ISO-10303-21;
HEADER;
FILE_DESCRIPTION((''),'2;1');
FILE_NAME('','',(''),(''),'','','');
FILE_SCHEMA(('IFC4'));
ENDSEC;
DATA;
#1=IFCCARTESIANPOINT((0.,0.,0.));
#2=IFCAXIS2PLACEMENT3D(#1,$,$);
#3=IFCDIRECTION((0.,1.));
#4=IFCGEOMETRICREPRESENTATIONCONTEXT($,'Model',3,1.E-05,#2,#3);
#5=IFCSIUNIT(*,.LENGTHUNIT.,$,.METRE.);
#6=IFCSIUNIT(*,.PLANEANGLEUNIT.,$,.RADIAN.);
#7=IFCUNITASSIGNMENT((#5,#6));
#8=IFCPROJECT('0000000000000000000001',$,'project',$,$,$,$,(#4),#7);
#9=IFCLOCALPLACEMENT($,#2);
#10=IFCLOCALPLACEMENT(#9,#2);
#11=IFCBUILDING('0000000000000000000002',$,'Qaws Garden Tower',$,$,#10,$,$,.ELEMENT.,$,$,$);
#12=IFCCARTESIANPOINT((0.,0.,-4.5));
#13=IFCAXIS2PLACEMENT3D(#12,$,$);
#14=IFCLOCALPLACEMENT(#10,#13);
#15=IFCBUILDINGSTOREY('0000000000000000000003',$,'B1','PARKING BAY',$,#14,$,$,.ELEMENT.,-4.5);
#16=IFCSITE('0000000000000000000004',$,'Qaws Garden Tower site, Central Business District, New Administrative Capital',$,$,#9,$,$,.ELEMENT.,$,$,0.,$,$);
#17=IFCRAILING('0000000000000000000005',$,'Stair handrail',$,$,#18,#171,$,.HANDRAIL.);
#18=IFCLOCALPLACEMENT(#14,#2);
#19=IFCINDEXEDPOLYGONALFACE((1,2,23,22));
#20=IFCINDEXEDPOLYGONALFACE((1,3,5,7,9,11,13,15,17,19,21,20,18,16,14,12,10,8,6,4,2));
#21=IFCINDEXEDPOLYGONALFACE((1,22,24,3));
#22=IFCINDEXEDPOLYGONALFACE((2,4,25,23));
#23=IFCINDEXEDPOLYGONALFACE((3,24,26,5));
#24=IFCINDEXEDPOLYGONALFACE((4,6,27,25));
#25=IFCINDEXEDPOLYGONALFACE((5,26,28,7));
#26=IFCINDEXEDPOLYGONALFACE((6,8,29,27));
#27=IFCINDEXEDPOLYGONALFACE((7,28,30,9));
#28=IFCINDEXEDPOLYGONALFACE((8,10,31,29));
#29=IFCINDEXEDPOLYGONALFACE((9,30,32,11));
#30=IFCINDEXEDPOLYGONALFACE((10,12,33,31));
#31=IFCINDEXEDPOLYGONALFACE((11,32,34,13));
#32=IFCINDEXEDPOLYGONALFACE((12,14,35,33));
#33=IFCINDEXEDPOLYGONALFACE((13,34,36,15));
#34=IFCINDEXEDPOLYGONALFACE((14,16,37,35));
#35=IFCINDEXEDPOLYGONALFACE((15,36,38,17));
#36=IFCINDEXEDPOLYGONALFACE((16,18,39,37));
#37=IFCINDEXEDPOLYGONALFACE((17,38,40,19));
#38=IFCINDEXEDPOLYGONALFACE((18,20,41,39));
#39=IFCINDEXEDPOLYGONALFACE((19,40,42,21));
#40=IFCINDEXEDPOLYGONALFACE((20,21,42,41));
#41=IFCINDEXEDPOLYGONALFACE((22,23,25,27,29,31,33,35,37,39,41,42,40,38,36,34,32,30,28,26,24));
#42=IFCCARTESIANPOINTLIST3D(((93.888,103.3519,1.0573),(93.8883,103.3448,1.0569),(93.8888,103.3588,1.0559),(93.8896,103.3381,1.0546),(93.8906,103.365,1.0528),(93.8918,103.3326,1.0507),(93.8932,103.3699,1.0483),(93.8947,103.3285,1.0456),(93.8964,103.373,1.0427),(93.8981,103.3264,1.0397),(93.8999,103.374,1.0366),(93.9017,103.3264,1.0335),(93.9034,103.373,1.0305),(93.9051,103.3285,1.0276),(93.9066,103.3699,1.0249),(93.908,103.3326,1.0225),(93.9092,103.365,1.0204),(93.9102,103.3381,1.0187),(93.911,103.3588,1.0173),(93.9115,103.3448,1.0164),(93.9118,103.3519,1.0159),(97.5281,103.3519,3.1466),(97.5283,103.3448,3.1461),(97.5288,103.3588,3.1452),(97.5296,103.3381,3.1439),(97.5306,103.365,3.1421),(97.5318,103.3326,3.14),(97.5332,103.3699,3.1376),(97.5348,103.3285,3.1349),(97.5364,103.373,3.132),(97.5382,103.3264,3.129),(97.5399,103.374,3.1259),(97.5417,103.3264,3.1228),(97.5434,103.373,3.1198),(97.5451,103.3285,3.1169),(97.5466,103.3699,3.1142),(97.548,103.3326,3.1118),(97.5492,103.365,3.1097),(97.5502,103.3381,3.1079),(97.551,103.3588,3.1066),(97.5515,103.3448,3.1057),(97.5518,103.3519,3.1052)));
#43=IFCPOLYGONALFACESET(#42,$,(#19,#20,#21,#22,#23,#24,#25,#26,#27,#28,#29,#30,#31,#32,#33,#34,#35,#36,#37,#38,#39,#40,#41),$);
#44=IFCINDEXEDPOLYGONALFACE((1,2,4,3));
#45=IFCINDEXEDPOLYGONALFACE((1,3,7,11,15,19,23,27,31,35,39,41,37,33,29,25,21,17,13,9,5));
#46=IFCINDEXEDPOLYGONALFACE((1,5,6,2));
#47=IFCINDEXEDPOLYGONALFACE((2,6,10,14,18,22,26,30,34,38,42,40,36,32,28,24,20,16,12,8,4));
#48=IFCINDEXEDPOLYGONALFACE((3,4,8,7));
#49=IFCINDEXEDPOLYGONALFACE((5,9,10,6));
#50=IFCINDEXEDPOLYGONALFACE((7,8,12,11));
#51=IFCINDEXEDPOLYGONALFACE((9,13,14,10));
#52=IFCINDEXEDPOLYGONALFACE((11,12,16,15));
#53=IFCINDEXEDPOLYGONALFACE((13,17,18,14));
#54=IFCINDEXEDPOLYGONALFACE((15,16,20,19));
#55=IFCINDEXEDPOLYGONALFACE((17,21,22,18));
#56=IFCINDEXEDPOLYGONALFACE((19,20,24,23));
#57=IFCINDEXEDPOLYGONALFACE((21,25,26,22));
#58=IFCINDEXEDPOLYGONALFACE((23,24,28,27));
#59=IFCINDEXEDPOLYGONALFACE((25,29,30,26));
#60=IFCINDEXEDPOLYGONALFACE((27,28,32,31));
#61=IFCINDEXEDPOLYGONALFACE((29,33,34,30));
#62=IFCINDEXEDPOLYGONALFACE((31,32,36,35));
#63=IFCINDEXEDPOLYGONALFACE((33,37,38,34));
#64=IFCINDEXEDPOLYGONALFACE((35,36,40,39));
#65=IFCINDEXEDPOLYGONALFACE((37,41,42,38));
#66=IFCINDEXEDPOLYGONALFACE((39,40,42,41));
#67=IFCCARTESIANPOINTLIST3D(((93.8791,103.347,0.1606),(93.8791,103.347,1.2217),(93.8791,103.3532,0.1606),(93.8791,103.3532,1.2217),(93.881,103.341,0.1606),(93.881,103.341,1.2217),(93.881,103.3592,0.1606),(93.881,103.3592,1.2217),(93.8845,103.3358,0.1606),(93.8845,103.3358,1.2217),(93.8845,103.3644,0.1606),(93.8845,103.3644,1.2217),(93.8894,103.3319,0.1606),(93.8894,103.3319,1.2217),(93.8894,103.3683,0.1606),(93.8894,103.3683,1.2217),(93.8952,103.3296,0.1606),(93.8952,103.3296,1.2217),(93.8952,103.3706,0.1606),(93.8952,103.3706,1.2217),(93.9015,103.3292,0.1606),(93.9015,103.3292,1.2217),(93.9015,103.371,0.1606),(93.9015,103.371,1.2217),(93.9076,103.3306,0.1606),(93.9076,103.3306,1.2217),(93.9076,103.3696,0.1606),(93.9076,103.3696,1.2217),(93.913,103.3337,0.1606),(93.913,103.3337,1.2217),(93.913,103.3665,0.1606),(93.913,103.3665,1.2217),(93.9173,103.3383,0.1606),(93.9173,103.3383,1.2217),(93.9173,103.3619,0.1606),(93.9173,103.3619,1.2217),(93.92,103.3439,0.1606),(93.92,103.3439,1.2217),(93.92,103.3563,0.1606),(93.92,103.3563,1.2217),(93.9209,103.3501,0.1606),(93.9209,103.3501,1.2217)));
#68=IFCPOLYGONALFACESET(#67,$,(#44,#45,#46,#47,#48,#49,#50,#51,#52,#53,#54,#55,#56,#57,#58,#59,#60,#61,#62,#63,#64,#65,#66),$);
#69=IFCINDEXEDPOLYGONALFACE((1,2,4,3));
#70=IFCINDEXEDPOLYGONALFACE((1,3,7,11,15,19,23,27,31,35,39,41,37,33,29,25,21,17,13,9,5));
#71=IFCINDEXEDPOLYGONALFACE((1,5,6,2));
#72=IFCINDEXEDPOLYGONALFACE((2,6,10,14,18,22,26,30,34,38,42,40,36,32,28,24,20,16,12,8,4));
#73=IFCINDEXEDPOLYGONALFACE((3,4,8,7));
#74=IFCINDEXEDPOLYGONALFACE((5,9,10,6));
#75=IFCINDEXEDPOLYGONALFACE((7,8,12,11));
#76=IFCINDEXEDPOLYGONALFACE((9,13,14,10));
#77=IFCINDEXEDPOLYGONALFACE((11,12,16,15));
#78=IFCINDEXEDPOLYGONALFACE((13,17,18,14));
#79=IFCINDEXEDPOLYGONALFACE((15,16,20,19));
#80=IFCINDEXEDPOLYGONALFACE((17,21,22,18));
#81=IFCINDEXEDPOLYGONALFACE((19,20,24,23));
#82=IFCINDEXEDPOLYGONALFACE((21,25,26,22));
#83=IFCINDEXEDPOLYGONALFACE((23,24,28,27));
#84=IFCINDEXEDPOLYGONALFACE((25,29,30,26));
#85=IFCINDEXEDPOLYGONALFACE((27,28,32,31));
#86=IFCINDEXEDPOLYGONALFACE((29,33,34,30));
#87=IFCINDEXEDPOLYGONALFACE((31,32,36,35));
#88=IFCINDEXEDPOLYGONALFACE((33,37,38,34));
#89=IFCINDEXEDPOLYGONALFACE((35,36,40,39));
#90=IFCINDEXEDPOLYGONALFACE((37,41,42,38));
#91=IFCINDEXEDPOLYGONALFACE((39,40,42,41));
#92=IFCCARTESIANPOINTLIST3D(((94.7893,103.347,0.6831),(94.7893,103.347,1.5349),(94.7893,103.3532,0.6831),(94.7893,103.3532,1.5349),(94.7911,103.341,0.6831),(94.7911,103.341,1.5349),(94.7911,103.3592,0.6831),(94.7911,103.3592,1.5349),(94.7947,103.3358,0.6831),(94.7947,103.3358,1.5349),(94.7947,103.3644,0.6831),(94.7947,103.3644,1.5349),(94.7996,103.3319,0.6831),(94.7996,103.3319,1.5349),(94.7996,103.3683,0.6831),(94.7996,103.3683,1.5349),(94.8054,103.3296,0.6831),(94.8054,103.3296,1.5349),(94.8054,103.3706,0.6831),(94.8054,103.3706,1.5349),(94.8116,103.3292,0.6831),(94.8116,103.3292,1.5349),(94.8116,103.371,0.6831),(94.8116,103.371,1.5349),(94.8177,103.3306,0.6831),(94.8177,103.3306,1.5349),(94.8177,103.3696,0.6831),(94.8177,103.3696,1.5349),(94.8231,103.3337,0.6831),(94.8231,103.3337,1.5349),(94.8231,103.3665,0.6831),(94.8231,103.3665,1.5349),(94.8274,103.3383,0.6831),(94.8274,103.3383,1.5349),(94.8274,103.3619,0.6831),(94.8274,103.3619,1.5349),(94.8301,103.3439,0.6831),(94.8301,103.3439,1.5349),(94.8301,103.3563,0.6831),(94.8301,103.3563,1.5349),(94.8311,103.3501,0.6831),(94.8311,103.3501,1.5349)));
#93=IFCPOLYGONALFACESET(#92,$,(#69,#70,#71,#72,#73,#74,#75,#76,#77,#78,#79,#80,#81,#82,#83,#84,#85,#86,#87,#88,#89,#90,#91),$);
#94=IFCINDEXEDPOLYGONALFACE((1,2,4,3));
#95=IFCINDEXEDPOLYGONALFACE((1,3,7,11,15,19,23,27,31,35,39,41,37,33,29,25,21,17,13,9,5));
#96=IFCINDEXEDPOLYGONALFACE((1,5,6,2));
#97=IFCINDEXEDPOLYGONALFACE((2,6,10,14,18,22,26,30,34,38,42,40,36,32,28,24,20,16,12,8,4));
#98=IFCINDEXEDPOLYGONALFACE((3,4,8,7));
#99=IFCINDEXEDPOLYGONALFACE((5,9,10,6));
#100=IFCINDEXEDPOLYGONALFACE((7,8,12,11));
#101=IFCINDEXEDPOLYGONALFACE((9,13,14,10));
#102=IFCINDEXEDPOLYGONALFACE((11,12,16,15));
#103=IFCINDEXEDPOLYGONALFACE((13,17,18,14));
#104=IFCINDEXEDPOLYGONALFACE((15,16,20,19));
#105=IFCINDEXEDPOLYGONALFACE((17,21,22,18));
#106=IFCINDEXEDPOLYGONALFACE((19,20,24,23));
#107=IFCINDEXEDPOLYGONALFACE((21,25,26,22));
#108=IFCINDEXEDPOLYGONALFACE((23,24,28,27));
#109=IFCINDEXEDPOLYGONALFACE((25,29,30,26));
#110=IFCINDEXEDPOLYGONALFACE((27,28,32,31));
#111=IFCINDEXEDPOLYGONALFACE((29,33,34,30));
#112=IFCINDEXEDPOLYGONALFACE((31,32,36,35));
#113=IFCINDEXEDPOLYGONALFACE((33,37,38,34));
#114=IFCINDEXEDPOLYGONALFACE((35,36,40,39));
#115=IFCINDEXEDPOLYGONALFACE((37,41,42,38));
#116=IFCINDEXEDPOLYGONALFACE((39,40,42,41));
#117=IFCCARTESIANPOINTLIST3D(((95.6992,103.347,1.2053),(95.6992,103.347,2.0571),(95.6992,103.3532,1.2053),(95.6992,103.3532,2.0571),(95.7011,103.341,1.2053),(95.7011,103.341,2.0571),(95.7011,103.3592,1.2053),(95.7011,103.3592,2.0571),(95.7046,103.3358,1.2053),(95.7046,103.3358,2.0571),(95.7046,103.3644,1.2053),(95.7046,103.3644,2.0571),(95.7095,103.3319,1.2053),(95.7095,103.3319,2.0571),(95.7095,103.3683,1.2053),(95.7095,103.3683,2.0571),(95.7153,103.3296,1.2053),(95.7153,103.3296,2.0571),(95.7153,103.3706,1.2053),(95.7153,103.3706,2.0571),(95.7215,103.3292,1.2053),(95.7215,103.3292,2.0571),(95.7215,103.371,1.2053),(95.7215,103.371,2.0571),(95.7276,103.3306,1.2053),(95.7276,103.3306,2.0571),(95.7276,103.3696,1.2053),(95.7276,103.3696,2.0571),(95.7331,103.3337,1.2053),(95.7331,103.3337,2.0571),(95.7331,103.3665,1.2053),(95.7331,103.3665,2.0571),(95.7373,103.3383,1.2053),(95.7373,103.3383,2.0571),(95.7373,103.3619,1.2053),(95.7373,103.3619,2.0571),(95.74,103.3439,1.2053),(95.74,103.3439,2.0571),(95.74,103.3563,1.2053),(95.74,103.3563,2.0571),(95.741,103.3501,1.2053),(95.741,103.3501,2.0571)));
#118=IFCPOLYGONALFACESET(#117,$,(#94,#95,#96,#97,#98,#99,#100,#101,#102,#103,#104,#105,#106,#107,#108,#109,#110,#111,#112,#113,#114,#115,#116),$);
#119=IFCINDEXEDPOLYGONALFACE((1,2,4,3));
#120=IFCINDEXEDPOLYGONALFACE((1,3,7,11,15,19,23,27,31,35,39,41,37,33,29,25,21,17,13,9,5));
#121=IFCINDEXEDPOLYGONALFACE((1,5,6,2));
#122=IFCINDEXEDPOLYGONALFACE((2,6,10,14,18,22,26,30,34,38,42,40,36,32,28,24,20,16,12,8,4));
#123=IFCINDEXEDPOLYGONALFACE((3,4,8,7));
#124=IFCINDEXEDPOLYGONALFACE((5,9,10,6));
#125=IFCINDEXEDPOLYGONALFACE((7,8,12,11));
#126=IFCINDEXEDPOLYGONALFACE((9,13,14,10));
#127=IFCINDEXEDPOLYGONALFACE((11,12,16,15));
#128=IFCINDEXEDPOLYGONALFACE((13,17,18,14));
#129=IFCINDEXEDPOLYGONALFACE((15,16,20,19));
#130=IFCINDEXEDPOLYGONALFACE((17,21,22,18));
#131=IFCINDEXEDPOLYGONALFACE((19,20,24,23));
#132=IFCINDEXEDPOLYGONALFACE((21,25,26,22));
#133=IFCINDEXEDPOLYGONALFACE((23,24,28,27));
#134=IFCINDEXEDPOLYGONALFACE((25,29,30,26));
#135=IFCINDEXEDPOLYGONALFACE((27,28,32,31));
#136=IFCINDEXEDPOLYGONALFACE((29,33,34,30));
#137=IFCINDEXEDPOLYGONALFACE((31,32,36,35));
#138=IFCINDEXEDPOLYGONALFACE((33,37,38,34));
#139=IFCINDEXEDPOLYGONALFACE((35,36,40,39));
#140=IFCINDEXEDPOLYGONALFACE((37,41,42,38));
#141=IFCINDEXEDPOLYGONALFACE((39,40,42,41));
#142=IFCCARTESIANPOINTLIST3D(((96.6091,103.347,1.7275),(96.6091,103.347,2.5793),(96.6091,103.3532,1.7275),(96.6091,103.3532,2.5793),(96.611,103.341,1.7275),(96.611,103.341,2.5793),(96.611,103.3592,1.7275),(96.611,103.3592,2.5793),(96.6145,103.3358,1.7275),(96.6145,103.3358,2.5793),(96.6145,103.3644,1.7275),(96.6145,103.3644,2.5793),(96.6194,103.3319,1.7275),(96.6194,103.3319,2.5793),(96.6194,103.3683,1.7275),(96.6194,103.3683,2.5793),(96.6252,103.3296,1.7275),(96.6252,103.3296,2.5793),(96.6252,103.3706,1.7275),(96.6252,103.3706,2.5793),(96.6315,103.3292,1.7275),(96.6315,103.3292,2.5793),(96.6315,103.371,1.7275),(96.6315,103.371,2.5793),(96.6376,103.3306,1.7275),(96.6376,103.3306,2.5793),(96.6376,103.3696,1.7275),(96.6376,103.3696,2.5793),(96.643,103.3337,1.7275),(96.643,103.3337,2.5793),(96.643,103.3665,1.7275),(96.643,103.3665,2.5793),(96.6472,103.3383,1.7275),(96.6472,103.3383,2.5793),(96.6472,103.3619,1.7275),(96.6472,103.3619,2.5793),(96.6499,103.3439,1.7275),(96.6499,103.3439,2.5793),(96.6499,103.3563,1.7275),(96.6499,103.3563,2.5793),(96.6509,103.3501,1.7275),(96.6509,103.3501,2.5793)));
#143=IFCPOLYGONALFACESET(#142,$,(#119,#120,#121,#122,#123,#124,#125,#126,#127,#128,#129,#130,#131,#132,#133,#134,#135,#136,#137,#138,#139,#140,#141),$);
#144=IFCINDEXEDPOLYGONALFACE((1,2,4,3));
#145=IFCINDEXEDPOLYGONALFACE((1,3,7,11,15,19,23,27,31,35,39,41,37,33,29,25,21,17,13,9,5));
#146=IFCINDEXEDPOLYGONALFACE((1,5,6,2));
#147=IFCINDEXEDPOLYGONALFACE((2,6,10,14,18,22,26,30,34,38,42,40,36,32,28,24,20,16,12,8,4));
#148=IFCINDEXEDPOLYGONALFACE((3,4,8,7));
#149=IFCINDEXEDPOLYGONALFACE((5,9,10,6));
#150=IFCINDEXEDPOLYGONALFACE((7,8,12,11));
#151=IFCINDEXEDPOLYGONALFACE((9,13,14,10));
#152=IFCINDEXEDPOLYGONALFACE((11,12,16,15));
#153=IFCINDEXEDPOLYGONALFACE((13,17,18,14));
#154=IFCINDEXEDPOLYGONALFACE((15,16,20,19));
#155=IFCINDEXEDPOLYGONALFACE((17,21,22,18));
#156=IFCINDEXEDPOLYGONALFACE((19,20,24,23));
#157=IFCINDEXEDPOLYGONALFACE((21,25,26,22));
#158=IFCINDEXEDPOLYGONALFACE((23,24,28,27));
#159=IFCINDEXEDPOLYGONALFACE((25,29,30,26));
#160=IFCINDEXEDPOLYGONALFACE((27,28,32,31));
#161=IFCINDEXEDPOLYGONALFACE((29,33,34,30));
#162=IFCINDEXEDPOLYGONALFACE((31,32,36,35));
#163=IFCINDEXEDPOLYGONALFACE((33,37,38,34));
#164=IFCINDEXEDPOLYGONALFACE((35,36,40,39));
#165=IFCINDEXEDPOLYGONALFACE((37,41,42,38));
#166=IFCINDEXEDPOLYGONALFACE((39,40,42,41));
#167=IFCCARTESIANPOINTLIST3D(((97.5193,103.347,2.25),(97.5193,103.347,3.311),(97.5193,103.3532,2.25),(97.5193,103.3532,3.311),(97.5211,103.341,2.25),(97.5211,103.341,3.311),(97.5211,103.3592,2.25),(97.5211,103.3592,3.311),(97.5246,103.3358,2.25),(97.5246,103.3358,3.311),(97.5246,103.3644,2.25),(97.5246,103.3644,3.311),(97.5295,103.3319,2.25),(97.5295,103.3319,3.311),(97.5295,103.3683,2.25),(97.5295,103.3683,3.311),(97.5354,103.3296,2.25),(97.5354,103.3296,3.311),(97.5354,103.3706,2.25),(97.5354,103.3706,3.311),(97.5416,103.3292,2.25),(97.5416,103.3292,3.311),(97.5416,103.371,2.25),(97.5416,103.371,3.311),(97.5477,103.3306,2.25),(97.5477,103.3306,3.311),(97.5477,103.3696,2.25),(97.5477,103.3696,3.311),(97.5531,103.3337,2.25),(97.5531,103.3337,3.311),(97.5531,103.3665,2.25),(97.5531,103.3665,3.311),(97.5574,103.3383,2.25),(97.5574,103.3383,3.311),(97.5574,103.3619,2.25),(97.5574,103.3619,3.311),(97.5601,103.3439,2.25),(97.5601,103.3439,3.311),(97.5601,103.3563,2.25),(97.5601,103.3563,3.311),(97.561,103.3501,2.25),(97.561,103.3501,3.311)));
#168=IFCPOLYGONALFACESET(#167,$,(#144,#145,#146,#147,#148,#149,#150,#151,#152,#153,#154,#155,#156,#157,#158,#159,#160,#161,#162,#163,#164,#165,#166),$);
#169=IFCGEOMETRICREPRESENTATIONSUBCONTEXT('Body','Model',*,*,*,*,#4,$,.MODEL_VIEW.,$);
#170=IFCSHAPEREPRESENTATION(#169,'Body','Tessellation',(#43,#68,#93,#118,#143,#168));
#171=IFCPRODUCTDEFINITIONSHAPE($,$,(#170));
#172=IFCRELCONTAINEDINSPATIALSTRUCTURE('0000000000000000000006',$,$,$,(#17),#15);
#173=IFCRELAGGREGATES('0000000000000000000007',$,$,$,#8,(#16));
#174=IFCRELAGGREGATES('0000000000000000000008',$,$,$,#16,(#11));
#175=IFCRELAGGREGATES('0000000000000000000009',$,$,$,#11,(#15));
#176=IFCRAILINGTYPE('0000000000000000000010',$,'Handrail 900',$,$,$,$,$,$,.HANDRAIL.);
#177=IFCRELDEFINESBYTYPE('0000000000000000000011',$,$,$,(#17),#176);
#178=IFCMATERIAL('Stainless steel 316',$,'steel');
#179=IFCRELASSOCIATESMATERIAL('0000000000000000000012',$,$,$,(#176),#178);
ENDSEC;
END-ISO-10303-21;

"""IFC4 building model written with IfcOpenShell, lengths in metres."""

from ifc_helpers import new_model, si_unit, direction, frame, origin, origin_2d, place, context, subcontext, project, spatial, circle, extrude, material, type_object, element, save


model = new_model("IFC4")

# Units and contexts
model_context = context("Model", 3, precision=1e-05, world=origin(), true_north=direction((0.0, 1.0)))
body_context = subcontext(model_context, "Body", "Model", "MODEL_VIEW")
ifc_project = project(units=[si_unit("LENGTHUNIT", "METRE"), si_unit("PLANEANGLEUNIT", "RADIAN")], contexts=[model_context])

# Site, building, storey
site_placement = place(None, origin())
site = spatial("IfcSite", under=ifc_project, at=site_placement, Name="Qaws Garden Tower site, Central Business District, New Administrative Capital", CompositionType="ELEMENT", RefElevation=0.0)
building_placement = place(site_placement, origin())
building = spatial("IfcBuilding", under=site, at=building_placement, Name="Qaws Garden Tower", CompositionType="ELEMENT")
storey_placement = place(building_placement, frame((0.0, 0.0, -4.5)))
storey = spatial("IfcBuildingStorey", under=building, at=storey_placement, Name="B1", Description="PARKING BAY", CompositionType="ELEMENT", Elevation=-4.5)

# Railing
ifc_material_1 = material(Name="Stainless steel 316", Category="steel")
railing_type_1 = type_object("IfcRailingType", Name="Handrail 900", PredefinedType="HANDRAIL", material=ifc_material_1)
for number, where, name in (
    (1, (93.8999, 103.3501, 0.1606), "Stair handrail"),
):
    element("IfcRailing", number, at=place(storey_placement, frame(where)), inside=storey, type_object=railing_type_1, Name=name, PredefinedType="HANDRAIL", context=body_context, shape_type="SweptSolid", body=[
        extrude(circle(Radius=0.0239, at=origin_2d()), frame((0.0, 0.0, 0.876), z_axis=(0.867289, 0.0, 0.497804), x_axis=(0.0, 1.0, 0.0)), (0.0, 0.0, 1.0), 4.197),
        extrude(circle(Radius=0.021, at=origin_2d()), origin(), (0.0, 0.0, 1.0), 1.061),
        extrude(circle(Radius=0.021, at=origin_2d()), frame((0.9102, 0.0, 0.5225)), (0.0, 0.0, 1.0), 0.8518),
        extrude(circle(Radius=0.021, at=origin_2d()), frame((1.8201, 0.0, 1.0447)), (0.0, 0.0, 1.0), 0.8518),
        extrude(circle(Radius=0.021, at=origin_2d()), frame((2.73, 0.0, 1.5669)), (0.0, 0.0, 1.0), 0.8518),
        extrude(circle(Radius=0.021, at=origin_2d()), frame((3.6401, 0.0, 2.0894)), (0.0, 0.0, 1.0), 1.061),
    ])

save(model, "model.ifc")
